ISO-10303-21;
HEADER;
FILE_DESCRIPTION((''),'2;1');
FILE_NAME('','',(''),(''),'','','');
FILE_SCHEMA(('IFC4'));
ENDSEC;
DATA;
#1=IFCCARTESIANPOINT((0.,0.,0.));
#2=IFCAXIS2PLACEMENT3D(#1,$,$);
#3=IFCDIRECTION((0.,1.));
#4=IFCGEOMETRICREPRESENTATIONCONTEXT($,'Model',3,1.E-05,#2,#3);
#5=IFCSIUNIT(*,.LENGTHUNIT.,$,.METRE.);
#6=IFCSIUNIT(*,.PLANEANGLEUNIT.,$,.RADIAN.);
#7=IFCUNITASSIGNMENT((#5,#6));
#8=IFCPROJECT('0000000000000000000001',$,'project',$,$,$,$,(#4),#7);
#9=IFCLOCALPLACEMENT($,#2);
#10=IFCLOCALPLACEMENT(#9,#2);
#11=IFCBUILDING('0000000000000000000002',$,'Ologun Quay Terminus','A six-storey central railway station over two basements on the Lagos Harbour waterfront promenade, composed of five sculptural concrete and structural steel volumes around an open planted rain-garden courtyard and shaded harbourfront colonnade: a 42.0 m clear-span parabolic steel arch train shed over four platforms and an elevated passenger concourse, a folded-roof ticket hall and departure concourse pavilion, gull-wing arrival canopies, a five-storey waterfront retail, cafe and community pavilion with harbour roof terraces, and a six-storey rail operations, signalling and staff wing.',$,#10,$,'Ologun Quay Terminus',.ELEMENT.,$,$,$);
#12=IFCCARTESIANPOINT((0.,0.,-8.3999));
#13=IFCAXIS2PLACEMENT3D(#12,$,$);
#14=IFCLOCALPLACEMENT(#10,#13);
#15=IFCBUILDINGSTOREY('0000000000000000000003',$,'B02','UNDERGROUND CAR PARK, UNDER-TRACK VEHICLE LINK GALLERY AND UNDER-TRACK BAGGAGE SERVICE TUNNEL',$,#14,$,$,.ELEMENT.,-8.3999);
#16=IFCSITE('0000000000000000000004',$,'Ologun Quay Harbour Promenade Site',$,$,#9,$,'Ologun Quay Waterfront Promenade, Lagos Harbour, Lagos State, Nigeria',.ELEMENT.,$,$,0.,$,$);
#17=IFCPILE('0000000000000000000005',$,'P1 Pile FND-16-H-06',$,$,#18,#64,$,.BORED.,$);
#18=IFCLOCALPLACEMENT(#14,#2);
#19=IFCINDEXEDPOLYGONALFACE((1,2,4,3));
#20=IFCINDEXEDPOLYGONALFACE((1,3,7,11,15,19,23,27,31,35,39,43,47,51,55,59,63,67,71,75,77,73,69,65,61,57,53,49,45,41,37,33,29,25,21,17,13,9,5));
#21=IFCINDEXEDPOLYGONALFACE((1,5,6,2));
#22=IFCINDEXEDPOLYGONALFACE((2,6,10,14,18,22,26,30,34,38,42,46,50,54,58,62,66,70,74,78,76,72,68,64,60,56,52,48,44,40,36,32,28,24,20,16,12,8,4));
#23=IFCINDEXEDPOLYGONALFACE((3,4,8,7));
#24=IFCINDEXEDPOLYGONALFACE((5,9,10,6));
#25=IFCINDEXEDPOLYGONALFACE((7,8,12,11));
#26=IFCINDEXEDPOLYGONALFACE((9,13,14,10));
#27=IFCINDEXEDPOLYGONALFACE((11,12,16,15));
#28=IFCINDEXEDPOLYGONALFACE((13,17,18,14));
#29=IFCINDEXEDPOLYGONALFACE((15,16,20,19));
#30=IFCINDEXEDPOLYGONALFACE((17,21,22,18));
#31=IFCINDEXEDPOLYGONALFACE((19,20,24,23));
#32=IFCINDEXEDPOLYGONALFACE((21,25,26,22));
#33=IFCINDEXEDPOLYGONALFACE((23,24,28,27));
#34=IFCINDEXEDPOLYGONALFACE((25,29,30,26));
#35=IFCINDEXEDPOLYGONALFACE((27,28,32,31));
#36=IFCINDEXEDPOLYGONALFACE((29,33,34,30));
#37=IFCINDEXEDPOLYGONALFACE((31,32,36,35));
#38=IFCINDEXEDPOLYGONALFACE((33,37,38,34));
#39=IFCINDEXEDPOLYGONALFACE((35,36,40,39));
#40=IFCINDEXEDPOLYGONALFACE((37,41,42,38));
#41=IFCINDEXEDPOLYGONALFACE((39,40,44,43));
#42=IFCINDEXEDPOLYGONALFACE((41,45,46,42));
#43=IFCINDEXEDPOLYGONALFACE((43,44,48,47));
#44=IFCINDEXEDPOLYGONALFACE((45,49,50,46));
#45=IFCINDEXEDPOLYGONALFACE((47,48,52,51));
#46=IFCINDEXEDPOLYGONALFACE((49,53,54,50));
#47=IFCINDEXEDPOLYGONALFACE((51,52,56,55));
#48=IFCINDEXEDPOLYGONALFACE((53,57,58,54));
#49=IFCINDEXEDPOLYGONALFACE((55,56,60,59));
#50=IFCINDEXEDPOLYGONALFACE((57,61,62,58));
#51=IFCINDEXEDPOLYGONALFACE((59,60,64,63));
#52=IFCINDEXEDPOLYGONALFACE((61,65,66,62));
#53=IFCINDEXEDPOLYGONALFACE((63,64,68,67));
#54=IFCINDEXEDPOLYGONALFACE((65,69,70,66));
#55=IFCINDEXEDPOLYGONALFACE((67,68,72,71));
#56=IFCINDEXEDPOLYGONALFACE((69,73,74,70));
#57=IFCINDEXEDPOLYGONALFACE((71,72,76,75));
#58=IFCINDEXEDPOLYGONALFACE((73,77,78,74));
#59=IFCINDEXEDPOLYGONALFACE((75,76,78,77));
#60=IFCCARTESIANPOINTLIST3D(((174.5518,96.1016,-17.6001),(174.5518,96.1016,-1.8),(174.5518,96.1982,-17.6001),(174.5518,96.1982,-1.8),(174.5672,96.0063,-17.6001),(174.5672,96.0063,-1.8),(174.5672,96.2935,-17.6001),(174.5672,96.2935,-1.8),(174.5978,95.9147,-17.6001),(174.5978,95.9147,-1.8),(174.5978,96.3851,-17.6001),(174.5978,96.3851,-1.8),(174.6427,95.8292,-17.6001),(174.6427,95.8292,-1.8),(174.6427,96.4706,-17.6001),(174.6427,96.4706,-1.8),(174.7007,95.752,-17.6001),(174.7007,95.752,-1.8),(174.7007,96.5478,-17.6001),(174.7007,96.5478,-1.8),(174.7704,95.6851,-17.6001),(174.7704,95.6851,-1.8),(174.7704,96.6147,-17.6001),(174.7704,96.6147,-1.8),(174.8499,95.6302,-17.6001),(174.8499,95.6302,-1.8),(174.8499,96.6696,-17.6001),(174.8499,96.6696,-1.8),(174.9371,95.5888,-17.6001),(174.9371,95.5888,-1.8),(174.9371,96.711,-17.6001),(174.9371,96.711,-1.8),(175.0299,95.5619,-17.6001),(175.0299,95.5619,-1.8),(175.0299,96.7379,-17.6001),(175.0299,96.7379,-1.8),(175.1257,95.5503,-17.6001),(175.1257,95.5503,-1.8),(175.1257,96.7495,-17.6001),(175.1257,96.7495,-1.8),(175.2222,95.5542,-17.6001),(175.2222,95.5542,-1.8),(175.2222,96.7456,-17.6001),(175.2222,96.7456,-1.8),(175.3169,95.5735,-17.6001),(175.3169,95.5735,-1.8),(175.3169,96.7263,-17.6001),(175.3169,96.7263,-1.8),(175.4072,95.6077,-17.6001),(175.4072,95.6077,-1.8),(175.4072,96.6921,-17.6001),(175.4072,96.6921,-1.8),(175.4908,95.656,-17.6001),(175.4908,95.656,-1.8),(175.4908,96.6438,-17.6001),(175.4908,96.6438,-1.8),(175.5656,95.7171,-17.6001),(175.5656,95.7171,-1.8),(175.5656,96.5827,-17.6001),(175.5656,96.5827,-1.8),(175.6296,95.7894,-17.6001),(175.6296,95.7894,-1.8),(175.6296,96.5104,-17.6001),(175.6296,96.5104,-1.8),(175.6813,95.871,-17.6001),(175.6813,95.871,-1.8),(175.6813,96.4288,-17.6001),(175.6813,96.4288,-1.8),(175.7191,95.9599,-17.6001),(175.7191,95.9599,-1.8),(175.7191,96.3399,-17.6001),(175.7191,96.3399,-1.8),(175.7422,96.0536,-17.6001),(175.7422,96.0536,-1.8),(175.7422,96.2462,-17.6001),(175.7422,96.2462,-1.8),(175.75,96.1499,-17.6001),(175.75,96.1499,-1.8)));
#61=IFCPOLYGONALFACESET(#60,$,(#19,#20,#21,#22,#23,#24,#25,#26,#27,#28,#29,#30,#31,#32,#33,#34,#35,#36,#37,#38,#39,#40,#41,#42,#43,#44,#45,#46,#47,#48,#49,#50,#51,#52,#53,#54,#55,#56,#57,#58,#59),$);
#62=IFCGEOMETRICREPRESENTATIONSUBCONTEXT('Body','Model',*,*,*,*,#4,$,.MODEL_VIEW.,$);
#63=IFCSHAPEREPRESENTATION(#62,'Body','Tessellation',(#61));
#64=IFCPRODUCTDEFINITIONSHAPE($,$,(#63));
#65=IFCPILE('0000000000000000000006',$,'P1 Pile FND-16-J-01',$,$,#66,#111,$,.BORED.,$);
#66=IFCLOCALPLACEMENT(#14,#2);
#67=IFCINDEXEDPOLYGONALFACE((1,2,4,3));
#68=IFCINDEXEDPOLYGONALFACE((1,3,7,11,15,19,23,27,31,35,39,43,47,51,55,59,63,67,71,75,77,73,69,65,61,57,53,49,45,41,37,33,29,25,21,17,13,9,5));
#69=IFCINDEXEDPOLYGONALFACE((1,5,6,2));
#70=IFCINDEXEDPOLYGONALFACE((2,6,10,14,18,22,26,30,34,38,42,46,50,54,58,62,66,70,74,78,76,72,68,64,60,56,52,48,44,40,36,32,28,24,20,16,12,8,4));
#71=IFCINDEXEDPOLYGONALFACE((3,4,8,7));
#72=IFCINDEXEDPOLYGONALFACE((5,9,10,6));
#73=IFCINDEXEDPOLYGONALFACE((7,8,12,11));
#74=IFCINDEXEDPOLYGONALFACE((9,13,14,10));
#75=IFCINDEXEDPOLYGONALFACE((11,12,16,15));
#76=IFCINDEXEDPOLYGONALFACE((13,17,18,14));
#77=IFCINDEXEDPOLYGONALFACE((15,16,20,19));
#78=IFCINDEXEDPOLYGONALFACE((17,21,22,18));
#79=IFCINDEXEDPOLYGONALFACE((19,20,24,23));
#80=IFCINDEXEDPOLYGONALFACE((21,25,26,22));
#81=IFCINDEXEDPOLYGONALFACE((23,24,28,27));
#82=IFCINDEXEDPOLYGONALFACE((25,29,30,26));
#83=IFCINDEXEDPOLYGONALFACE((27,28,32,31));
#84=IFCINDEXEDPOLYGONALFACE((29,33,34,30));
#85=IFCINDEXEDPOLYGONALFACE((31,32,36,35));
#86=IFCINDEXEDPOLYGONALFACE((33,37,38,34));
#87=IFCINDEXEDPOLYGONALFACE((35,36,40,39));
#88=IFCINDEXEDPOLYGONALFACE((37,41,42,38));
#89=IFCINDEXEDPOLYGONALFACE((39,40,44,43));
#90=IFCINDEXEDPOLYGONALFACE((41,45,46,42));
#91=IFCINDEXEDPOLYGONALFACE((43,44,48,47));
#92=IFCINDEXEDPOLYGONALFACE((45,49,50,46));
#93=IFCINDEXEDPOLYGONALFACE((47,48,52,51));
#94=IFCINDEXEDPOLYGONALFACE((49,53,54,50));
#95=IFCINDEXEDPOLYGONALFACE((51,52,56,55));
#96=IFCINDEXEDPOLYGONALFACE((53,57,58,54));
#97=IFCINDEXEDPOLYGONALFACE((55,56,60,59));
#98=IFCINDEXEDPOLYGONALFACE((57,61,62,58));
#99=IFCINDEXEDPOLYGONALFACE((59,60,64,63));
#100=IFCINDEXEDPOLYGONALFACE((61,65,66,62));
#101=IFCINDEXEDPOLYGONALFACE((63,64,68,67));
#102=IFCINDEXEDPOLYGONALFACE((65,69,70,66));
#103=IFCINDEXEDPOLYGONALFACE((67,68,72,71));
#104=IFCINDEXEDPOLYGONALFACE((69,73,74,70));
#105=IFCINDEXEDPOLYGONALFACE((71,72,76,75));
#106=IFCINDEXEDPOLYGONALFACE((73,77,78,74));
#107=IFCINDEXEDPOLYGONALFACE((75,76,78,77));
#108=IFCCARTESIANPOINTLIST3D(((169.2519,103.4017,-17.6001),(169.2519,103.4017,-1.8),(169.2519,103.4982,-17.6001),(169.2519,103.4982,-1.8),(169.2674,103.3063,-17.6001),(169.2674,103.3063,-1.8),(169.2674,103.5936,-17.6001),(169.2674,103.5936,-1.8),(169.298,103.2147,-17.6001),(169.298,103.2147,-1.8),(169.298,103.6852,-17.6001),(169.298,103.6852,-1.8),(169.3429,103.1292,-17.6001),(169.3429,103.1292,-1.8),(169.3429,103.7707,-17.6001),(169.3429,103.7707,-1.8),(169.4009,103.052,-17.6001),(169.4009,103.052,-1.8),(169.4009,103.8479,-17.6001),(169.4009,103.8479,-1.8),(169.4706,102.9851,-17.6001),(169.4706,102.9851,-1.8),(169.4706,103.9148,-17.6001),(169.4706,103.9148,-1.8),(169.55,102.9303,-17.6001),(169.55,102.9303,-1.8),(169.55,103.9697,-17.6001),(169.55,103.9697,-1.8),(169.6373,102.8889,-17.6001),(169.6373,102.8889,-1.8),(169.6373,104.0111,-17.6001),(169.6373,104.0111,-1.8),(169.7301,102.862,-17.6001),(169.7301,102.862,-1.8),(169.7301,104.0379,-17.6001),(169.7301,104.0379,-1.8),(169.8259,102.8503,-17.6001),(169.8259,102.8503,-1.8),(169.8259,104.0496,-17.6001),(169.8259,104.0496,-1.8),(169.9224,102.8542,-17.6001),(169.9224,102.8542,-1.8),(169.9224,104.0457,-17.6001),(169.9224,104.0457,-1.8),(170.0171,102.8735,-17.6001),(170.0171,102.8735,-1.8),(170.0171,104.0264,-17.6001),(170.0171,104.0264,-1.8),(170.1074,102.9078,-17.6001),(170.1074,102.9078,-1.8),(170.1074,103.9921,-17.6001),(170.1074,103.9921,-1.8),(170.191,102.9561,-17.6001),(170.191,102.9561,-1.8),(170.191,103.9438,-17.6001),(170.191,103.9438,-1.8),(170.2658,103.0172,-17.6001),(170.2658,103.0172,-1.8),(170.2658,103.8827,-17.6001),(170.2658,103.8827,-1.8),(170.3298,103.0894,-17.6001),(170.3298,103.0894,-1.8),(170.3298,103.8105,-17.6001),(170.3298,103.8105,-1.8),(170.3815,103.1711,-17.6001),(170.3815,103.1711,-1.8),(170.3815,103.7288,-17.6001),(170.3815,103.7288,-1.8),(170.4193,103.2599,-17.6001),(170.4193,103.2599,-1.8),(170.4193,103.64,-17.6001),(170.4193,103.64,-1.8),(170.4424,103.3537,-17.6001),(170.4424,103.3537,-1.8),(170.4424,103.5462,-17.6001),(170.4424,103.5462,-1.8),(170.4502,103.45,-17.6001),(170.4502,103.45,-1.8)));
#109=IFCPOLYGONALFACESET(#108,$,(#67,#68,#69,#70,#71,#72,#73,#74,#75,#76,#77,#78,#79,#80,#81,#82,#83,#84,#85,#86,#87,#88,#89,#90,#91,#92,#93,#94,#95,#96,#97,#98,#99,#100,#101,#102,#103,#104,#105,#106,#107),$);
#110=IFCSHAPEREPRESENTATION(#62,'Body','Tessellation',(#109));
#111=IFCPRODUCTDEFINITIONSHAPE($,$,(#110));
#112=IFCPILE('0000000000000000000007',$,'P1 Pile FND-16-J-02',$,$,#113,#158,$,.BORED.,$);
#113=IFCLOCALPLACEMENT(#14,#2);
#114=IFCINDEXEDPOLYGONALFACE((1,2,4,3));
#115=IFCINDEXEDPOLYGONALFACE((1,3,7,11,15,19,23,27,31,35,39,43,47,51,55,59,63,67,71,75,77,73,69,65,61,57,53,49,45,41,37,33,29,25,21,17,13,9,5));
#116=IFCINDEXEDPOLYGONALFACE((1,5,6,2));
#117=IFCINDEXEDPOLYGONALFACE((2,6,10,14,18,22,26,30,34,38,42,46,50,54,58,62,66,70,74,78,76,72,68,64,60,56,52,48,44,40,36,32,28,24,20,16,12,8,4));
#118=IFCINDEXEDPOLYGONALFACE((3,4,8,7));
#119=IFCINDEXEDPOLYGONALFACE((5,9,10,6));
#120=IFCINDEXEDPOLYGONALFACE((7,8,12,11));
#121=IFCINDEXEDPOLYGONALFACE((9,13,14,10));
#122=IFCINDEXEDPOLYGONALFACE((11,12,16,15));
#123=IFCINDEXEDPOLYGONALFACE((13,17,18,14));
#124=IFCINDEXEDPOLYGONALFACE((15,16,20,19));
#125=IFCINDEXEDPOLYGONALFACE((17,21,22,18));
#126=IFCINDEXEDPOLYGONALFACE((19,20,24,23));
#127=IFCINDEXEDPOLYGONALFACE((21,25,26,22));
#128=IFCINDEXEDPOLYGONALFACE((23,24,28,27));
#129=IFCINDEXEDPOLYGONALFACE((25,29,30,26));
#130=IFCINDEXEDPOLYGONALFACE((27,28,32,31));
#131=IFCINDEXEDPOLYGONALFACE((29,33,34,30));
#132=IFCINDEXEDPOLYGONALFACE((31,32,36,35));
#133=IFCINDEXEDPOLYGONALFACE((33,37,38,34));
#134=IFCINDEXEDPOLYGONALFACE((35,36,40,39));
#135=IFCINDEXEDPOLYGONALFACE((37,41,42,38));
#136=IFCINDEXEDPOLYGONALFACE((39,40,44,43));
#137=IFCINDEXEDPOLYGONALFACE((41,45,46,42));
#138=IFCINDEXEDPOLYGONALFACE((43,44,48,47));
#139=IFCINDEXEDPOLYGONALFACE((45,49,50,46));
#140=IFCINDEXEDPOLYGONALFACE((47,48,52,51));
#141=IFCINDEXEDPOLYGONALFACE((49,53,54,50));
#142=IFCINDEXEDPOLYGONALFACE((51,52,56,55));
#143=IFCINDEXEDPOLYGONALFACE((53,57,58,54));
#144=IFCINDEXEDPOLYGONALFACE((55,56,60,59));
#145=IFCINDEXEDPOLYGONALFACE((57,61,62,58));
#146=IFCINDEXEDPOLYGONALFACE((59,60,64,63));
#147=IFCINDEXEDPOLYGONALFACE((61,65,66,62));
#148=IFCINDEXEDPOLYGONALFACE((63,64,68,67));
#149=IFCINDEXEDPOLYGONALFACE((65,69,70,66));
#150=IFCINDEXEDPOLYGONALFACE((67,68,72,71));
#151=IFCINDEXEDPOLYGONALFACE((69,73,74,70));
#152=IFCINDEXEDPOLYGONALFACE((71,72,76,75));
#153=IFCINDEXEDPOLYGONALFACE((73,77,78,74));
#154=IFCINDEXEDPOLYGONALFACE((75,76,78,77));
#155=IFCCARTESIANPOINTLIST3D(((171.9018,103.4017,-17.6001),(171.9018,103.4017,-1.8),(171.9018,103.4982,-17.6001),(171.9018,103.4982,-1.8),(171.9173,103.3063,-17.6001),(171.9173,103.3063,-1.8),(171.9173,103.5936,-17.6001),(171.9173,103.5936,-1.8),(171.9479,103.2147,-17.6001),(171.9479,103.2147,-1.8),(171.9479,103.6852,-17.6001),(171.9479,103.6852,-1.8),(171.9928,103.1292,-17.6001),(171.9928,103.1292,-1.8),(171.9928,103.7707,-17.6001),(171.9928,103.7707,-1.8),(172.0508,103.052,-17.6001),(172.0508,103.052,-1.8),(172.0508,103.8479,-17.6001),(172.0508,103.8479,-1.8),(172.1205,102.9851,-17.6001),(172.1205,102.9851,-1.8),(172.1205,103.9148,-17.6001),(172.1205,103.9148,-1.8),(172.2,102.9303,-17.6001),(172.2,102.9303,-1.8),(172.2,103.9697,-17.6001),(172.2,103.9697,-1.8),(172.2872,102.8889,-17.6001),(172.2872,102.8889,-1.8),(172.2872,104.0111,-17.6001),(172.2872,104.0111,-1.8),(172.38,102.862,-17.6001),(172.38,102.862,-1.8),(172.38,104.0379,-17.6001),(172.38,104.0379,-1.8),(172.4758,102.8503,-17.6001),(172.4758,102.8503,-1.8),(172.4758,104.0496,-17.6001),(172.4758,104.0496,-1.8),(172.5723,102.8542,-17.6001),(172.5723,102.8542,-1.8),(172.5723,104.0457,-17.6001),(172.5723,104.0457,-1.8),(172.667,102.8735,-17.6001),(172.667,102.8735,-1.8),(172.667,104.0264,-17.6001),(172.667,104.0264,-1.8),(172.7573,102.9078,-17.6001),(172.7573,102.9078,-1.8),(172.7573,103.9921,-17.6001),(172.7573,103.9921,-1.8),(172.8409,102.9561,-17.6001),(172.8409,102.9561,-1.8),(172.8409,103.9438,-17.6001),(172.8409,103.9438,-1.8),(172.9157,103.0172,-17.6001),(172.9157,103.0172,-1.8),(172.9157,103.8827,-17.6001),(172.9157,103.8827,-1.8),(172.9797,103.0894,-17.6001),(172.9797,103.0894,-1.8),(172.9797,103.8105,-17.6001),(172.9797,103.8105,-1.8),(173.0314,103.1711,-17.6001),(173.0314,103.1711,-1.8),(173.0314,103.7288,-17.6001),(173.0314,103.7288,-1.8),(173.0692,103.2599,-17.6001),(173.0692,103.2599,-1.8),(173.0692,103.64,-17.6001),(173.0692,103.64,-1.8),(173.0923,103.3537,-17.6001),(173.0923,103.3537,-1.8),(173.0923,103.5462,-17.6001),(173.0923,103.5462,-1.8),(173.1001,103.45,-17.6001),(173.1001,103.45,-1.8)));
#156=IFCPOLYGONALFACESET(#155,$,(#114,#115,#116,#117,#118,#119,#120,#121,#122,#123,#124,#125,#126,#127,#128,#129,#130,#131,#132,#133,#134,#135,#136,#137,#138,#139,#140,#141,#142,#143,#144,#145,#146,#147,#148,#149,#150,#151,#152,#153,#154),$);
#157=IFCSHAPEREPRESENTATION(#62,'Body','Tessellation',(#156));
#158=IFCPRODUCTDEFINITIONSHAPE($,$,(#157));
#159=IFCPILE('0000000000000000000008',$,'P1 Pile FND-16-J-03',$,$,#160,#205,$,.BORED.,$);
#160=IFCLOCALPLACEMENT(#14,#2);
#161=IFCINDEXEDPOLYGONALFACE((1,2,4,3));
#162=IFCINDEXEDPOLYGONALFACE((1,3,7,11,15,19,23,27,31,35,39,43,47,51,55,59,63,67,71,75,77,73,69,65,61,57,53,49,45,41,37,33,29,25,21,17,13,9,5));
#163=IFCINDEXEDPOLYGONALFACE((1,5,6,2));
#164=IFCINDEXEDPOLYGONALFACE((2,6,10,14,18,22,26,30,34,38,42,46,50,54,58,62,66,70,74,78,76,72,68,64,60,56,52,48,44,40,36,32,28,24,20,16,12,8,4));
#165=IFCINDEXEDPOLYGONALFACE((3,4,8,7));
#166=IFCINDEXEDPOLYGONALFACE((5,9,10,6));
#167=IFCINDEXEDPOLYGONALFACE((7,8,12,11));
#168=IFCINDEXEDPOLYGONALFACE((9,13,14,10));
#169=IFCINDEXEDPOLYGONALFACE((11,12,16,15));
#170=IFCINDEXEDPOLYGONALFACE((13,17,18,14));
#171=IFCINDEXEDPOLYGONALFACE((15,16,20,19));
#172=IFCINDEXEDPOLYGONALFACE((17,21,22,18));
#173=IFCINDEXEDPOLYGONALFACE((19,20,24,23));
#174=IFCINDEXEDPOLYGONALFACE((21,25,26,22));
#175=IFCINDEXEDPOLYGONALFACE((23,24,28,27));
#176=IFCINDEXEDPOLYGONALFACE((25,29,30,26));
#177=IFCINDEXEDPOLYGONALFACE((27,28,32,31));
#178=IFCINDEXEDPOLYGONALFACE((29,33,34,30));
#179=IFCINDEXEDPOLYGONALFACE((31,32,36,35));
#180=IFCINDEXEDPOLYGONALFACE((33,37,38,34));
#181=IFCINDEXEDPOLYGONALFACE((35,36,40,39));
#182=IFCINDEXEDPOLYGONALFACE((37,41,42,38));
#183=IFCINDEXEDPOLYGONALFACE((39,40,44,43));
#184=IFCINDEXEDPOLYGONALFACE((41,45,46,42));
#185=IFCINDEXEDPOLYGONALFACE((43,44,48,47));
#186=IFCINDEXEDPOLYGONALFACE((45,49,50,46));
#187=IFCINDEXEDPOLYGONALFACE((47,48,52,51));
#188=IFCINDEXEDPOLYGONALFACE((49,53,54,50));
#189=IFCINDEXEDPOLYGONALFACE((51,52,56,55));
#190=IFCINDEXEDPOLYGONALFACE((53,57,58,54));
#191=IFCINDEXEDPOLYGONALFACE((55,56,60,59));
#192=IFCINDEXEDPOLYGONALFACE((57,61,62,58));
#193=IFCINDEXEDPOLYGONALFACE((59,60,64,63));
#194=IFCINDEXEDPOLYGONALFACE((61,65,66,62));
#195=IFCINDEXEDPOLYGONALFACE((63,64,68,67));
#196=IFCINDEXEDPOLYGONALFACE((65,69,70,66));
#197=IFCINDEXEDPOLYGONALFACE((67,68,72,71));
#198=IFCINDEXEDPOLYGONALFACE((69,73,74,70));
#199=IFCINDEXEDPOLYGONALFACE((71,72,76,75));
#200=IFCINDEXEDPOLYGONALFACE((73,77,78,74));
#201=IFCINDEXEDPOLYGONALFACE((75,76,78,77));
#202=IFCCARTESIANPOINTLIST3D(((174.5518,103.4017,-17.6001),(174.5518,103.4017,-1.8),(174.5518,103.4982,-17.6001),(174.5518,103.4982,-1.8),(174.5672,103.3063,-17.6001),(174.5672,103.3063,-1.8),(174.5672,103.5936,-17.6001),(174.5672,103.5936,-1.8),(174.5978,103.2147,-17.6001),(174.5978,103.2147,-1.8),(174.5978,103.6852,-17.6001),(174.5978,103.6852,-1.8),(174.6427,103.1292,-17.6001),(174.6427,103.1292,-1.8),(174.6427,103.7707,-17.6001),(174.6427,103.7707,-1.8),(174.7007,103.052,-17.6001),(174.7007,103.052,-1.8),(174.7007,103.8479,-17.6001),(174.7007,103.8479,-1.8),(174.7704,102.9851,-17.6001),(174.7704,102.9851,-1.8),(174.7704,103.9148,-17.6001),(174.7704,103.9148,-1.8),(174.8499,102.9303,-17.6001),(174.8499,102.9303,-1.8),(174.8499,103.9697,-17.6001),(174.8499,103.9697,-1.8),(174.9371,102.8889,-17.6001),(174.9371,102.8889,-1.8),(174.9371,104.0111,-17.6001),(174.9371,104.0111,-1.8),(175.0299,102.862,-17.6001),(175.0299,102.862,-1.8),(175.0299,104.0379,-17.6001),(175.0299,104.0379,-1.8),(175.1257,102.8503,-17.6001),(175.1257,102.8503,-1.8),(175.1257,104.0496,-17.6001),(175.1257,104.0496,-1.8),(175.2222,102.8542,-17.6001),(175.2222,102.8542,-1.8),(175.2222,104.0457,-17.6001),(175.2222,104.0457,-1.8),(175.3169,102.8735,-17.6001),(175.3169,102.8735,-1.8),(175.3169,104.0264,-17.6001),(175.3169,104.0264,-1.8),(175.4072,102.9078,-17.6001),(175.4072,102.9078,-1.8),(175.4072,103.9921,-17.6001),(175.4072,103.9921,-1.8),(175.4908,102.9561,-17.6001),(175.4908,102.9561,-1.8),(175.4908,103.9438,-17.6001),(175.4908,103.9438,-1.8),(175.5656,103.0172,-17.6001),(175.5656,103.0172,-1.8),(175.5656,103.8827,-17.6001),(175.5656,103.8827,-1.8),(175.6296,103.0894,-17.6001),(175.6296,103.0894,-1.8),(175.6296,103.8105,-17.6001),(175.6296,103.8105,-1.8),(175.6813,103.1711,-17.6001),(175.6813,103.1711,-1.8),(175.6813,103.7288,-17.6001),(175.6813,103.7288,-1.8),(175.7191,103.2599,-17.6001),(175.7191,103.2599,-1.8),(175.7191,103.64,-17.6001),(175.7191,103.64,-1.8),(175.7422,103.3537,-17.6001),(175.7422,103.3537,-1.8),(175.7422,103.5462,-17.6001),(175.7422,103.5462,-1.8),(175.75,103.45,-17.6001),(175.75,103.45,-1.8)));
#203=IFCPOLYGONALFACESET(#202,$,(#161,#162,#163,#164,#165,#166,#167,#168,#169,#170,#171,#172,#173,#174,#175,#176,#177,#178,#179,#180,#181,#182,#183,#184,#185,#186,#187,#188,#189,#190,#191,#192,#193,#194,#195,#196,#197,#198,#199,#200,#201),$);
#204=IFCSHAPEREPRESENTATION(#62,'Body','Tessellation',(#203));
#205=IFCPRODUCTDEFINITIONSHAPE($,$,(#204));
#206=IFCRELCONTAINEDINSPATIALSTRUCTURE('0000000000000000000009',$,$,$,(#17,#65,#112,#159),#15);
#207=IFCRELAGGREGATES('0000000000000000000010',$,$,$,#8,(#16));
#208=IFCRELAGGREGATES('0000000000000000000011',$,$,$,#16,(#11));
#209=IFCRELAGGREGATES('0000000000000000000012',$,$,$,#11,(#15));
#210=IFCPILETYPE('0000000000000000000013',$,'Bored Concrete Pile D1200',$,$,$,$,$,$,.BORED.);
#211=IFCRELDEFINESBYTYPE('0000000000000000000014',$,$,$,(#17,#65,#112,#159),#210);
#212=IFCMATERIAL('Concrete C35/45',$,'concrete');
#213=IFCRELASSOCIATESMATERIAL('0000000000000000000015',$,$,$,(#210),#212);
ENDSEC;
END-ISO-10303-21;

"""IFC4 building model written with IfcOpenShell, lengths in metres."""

from ifc_helpers import new_model, si_unit, direction, frame, origin, origin_2d, place, context, subcontext, project, spatial, circle, extrude, material, material_profile, profile_set, type_object, element, save


model = new_model("IFC4")

# Units and contexts
model_context = context("Model", 3, precision=1e-05, world=origin(), true_north=direction((0.0, 1.0)))
body_context = subcontext(model_context, "Body", "Model", "MODEL_VIEW")
ifc_project = project(units=[si_unit("LENGTHUNIT", "METRE"), si_unit("PLANEANGLEUNIT", "RADIAN")], contexts=[model_context])

# Site, building, storey
site_placement = place(None, origin())
site = spatial("IfcSite", under=ifc_project, at=site_placement, Name="Ologun Quay Harbour Promenade Site", LongName="Ologun Quay Waterfront Promenade, Lagos Harbour, Lagos State, Nigeria", CompositionType="ELEMENT", RefElevation=0.0)
building_placement = place(site_placement, origin())
building = spatial("IfcBuilding", under=site, at=building_placement, Name="Ologun Quay Terminus", Description="A six-storey central railway station over two basements on the Lagos Harbour waterfront promenade, composed of five sculptural concrete and structural steel volumes around an open planted rain-garden courtyard and shaded harbourfront colonnade: a 42.0 m clear-span parabolic steel arch train shed over four platforms and an elevated passenger concourse, a folded-roof ticket hall and departure concourse pavilion, gull-wing arrival canopies, a five-storey waterfront retail, cafe and community pavilion with harbour roof terraces, and a six-storey rail operations, signalling and staff wing.", LongName="Ologun Quay Terminus", CompositionType="ELEMENT")
storey_placement = place(building_placement, frame((0.0, 0.0, -8.3999)))
storey = spatial("IfcBuildingStorey", under=building, at=storey_placement, Name="B02", Description="UNDERGROUND CAR PARK, UNDER-TRACK VEHICLE LINK GALLERY AND UNDER-TRACK BAGGAGE SERVICE TUNNEL", CompositionType="ELEMENT", Elevation=-8.3999)

# Piles
ifc_material_1 = material(Name="Concrete C35/45", Category="concrete")
ifc_material_profile_1 = material_profile(ifc_material_1, circle(Radius=0.6001, at=origin_2d()), Name="PILE D1200")
ifc_profile_set_1 = profile_set([ifc_material_profile_1], Name="Concrete C35/45")
pile_type = type_object("IfcPileType", Name="Bored Concrete Pile D1200", PredefinedType="BORED", material=ifc_profile_set_1)
for number, where, z_axis, x_axis, name in (
    (1, (175.1499, 96.1499, -1.8), (0.0, 0.0, -1.0), (1.0, 0.0, 0.0), "P1 Pile FND-16-H-06"),
    (2, (169.8501, 103.45, -1.8), (0.0, 0.0, -1.0), (1.0, 0.0, 0.0), "P1 Pile FND-16-J-01"),
    (3, (172.5, 103.45, -1.8), (0.0, 0.0, -1.0), (1.0, 0.0, 0.0), "P1 Pile FND-16-J-02"),
    (4, (175.1499, 103.45, -1.8), (0.0, 0.0, -1.0), (1.0, 0.0, 0.0), "P1 Pile FND-16-J-03"),
):
    element("IfcPile", number, at=place(storey_placement, frame(where, z_axis=z_axis, x_axis=x_axis)), inside=storey, type_object=pile_type, Name=name, PredefinedType="BORED", context=body_context, shape_type="SweptSolid", body=[
        extrude(circle(Radius=0.6001, at=origin_2d()), origin(), (0.0, 0.0, 1.0), 15.8),
    ])

save(model, "model.ifc")
